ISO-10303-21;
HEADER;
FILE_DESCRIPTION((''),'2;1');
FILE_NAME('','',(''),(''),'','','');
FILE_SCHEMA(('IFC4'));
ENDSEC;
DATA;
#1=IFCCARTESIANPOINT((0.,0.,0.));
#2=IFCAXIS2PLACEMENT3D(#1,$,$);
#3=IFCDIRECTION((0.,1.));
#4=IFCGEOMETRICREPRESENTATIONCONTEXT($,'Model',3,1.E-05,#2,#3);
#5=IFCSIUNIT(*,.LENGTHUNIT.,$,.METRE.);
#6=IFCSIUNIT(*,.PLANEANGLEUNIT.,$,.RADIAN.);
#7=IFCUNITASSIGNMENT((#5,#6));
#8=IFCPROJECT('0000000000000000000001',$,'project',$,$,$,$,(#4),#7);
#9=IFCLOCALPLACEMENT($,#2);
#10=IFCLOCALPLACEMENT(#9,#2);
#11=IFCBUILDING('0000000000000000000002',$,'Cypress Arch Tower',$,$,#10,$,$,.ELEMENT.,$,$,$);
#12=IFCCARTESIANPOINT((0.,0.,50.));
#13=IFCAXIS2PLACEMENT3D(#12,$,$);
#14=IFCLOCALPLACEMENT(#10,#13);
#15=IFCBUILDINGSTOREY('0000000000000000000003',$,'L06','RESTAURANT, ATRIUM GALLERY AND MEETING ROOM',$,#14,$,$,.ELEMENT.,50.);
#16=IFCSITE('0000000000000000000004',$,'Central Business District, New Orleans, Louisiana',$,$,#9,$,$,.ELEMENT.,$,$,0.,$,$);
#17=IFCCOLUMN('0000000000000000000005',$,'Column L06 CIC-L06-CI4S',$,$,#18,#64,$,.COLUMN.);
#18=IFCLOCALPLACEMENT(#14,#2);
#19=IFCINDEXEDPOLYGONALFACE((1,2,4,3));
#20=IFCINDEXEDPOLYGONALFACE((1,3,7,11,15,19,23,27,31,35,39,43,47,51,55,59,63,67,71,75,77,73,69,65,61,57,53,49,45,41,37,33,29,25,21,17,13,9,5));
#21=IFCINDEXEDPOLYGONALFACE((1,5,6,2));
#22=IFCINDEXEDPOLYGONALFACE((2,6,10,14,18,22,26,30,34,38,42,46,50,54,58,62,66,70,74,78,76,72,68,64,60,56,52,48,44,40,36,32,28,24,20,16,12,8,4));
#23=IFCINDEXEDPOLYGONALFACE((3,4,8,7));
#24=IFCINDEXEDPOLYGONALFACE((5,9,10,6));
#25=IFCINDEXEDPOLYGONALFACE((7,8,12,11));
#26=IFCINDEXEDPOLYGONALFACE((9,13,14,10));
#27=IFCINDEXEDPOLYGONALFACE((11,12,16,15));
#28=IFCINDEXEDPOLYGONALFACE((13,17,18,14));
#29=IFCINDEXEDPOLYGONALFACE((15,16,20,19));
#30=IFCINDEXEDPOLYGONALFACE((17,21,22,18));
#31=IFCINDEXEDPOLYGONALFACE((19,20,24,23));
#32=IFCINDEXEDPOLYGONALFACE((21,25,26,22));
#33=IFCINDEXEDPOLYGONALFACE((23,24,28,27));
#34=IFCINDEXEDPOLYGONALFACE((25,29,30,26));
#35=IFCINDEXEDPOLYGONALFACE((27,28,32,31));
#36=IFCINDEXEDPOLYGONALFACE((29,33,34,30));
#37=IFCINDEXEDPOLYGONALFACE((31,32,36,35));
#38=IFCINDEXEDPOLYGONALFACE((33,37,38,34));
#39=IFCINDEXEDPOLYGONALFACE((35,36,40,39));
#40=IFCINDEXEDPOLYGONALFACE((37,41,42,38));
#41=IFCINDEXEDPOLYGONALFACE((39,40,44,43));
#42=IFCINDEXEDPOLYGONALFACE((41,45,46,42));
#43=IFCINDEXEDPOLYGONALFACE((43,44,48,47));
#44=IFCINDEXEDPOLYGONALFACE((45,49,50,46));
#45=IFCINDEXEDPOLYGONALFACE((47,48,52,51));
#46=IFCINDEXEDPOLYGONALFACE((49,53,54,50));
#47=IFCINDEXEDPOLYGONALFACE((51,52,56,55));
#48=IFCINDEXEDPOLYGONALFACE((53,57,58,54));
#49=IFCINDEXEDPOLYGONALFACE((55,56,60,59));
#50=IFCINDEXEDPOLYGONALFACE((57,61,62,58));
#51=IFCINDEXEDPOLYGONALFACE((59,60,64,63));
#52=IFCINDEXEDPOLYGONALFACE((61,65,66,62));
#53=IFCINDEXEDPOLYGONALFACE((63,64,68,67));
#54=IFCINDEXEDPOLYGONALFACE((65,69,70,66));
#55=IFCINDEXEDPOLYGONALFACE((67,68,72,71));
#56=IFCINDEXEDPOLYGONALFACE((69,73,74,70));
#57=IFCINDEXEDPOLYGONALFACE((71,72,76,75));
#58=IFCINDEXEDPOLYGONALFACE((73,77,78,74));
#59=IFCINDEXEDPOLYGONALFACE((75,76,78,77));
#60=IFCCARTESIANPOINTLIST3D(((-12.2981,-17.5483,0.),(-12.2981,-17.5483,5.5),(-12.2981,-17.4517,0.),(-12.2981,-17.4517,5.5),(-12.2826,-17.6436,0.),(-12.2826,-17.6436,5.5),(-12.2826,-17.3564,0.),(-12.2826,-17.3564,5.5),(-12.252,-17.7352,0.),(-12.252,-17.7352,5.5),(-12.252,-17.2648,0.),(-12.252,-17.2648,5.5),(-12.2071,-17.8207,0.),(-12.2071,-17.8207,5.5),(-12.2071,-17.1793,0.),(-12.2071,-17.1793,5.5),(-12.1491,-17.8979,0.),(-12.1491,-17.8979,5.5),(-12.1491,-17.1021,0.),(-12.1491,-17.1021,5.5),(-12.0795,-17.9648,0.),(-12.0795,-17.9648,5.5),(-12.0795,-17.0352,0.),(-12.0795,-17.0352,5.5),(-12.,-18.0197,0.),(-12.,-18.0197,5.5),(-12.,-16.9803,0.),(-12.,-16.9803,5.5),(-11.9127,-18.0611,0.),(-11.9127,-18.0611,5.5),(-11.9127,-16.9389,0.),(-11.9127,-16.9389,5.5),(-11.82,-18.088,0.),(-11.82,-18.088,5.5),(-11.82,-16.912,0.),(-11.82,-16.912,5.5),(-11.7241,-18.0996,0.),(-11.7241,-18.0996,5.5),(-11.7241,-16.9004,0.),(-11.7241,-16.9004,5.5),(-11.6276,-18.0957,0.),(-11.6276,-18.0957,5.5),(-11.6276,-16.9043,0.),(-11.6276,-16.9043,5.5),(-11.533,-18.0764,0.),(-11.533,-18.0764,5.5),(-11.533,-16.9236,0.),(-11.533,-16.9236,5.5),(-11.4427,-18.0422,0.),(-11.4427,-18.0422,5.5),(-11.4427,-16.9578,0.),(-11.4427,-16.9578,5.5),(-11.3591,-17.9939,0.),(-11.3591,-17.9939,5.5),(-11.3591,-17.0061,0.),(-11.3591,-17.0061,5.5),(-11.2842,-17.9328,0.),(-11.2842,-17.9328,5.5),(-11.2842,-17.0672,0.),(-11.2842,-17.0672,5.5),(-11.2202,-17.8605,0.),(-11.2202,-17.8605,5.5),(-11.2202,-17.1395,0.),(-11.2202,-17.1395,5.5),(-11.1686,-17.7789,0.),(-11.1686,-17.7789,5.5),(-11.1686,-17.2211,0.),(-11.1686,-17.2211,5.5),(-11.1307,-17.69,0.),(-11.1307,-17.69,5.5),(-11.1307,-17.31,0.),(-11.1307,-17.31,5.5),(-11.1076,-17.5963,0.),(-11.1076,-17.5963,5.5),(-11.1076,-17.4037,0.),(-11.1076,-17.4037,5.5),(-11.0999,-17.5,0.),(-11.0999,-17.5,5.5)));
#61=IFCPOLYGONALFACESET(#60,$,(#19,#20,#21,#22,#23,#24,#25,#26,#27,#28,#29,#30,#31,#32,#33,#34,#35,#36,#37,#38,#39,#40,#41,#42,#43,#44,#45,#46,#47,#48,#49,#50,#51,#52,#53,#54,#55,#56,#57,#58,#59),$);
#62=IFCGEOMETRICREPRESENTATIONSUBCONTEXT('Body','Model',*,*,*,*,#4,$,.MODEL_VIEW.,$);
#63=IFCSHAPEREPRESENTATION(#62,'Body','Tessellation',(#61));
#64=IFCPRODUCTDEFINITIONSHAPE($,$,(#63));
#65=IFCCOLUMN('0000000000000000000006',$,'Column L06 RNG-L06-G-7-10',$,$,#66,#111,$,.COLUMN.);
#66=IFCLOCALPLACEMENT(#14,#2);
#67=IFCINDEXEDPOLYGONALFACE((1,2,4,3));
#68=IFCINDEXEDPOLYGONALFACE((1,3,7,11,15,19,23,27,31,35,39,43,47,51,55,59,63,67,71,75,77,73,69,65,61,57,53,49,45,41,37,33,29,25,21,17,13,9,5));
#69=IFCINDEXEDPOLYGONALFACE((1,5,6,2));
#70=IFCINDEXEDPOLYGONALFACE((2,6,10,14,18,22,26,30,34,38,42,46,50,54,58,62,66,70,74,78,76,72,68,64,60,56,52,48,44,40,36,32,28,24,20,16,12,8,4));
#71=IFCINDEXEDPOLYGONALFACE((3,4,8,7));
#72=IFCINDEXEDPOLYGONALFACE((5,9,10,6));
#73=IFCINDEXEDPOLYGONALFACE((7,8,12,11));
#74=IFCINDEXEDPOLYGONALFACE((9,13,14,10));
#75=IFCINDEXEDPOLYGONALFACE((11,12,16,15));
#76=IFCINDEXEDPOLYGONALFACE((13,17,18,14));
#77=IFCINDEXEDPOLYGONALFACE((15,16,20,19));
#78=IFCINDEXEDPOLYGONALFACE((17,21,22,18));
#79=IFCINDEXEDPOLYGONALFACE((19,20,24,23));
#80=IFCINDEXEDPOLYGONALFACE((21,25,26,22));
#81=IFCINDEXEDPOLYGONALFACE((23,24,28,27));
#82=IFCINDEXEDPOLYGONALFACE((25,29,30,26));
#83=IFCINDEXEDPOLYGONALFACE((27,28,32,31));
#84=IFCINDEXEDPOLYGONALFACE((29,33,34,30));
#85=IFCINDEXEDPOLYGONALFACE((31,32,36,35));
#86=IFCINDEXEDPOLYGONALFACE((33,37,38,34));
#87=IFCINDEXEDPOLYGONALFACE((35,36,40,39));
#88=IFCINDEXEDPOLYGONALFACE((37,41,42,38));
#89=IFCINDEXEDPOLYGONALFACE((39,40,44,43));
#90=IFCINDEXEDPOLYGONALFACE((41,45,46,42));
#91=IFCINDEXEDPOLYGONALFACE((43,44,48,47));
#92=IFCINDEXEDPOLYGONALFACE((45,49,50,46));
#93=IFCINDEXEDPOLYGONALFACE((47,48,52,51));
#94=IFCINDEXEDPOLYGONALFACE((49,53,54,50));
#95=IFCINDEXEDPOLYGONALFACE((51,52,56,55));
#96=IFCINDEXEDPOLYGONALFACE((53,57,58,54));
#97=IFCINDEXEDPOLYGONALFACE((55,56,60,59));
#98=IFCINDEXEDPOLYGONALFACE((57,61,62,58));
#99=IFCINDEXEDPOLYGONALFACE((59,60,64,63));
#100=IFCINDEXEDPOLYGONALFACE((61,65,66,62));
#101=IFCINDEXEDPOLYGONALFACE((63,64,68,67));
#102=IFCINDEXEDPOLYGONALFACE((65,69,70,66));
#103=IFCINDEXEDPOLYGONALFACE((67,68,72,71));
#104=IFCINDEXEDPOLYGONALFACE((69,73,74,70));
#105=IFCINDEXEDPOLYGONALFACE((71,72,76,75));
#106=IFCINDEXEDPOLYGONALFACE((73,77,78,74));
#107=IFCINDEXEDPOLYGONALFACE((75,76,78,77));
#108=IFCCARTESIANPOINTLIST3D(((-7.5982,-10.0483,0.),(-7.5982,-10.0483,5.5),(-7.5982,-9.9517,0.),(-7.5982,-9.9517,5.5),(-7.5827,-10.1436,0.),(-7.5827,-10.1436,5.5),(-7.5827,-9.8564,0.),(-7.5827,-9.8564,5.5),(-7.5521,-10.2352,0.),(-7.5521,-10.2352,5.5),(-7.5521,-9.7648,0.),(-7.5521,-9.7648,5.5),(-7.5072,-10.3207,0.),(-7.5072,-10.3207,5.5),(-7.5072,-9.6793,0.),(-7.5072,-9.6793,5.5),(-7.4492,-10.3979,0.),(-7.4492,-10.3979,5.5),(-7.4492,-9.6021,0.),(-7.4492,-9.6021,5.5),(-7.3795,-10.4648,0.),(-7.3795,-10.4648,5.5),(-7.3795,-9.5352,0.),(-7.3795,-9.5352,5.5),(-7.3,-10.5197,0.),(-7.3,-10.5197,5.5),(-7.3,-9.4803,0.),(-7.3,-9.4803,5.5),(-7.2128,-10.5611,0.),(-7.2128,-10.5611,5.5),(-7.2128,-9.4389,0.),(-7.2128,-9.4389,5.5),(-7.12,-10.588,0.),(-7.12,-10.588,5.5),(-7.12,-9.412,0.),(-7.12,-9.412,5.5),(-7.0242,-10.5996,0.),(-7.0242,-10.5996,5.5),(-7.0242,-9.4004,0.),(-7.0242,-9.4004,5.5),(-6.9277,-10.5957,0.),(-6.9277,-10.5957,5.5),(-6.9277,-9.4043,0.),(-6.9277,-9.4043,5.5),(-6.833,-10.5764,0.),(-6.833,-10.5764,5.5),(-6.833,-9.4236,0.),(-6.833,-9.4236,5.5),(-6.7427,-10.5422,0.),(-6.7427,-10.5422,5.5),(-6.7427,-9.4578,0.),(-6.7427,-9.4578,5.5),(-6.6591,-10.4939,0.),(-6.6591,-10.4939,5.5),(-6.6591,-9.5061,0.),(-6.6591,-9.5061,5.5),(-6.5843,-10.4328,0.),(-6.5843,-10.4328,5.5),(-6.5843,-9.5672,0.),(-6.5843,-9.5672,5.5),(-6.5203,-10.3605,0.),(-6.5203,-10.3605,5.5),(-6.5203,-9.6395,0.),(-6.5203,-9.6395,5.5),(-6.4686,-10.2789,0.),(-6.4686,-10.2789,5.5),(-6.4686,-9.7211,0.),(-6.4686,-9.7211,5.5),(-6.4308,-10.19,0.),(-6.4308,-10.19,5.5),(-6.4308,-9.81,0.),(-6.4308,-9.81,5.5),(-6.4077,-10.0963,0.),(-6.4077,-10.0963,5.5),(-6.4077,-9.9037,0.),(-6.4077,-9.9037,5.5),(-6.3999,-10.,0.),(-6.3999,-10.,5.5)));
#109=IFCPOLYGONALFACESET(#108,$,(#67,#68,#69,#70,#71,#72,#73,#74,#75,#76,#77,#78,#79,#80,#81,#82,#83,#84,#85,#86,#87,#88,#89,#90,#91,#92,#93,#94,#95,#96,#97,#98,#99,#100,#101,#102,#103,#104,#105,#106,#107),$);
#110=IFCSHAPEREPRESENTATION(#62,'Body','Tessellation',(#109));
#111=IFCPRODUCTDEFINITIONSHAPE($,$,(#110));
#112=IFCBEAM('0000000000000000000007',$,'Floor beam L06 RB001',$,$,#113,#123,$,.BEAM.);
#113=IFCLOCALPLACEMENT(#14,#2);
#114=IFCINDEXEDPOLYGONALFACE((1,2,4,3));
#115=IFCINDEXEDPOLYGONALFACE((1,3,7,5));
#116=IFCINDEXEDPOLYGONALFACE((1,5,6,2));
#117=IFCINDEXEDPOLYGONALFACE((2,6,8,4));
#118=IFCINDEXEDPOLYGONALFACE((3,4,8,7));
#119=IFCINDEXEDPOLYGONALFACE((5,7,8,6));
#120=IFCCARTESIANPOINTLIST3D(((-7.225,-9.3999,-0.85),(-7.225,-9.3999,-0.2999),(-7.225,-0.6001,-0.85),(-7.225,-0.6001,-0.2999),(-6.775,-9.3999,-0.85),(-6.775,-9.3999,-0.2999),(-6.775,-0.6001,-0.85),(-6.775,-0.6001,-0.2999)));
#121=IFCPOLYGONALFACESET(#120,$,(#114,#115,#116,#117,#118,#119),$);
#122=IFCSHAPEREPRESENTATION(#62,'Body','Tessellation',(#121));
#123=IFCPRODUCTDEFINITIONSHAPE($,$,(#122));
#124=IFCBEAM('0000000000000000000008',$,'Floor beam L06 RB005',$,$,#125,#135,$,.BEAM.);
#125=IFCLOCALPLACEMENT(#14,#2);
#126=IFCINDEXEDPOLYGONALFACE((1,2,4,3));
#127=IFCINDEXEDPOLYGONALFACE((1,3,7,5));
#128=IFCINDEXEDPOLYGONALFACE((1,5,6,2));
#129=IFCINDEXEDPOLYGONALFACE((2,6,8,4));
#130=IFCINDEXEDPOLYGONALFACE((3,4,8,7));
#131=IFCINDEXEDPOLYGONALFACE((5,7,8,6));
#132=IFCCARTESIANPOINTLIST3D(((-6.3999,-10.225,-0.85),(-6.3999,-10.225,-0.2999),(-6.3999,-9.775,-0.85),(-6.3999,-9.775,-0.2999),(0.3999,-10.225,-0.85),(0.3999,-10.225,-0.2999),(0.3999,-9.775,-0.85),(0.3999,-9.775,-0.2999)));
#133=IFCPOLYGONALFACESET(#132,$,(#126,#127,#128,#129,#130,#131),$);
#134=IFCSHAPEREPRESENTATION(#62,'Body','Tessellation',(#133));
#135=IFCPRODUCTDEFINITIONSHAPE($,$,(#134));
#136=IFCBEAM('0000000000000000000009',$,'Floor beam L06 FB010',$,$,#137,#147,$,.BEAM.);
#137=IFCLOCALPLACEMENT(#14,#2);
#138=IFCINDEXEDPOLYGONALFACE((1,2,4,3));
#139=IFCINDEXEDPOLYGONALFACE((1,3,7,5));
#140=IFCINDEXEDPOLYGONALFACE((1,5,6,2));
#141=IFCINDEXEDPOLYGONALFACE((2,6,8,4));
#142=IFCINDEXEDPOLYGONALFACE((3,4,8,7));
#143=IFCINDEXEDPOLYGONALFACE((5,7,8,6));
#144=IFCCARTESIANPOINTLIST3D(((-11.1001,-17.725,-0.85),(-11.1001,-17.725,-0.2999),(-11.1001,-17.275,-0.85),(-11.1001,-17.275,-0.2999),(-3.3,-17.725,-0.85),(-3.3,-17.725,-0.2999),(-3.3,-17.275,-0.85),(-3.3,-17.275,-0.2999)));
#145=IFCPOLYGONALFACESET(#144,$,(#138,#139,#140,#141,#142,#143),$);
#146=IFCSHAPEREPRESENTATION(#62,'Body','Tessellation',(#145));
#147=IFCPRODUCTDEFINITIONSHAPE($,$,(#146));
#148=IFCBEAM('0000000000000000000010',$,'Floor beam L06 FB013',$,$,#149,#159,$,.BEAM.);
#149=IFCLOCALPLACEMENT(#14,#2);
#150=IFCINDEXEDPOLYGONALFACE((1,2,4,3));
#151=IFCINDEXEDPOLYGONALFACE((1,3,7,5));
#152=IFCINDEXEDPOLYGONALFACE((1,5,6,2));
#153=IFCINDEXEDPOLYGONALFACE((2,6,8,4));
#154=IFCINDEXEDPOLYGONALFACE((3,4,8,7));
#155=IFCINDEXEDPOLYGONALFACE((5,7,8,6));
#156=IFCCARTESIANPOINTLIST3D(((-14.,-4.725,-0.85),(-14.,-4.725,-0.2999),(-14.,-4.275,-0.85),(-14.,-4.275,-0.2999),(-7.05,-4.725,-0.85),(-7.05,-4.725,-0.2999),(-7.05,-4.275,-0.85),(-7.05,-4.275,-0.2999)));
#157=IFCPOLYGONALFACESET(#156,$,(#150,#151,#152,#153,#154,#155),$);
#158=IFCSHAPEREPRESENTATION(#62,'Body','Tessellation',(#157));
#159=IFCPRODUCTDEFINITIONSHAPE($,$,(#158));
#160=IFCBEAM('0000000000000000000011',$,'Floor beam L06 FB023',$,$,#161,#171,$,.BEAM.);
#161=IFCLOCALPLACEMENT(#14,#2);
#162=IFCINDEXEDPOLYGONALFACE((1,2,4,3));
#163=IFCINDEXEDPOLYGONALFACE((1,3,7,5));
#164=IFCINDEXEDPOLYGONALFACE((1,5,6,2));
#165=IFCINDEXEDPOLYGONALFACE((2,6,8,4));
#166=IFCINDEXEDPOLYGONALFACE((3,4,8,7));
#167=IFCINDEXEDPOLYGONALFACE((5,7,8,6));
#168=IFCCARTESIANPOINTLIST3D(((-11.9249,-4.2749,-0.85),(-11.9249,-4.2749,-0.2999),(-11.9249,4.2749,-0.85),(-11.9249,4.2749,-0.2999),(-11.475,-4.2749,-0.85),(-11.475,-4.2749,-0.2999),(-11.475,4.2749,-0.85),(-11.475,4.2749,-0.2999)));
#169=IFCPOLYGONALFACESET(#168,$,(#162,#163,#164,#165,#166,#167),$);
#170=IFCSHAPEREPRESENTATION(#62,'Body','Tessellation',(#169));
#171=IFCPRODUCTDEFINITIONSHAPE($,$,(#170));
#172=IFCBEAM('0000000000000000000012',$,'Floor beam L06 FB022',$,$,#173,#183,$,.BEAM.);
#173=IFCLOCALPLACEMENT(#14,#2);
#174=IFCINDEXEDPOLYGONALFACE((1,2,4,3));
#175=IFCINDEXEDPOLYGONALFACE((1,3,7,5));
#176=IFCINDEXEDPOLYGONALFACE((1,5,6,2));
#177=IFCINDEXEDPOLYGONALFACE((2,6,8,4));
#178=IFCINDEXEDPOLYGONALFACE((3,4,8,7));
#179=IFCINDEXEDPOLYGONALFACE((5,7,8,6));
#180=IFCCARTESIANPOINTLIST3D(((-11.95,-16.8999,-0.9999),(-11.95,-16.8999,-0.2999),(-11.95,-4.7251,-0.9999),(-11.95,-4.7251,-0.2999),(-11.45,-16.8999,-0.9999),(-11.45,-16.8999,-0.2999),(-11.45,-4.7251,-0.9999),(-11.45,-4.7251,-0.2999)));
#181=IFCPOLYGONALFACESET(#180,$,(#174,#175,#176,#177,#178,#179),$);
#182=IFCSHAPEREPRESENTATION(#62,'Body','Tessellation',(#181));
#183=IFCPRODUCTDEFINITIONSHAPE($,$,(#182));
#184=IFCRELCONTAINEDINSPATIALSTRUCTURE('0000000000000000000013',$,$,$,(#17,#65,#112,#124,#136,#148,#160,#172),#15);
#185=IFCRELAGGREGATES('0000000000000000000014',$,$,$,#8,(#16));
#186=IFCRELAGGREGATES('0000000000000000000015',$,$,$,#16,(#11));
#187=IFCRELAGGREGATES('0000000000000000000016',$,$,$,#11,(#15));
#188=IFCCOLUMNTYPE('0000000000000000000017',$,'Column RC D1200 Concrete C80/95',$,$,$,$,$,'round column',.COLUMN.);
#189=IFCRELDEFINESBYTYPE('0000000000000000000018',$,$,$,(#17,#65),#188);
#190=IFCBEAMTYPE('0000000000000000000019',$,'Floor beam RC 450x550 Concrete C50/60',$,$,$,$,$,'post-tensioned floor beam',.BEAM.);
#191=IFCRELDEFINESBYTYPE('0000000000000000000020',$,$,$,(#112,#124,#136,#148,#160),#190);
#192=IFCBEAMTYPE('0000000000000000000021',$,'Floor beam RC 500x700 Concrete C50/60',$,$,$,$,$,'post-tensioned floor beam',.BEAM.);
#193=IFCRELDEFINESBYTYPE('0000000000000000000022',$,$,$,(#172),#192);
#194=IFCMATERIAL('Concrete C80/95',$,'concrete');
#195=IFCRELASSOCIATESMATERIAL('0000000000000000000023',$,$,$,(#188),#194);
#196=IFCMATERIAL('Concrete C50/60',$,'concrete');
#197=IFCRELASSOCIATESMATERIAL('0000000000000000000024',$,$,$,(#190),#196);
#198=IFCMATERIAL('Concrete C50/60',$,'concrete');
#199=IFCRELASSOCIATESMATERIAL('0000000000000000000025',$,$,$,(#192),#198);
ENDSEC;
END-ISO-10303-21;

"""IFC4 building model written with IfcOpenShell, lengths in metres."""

from ifc_helpers import new_model, si_unit, direction, frame, origin, origin_2d, place, context, subcontext, project, spatial, rectangle, circle, extrude, material, material_profile, profile_set, type_object, element, save


model = new_model("IFC4")

# Units and contexts
model_context = context("Model", 3, precision=1e-05, world=origin(), true_north=direction((0.0, 1.0)))
body_context = subcontext(model_context, "Body", "Model", "MODEL_VIEW")
ifc_project = project(units=[si_unit("LENGTHUNIT", "METRE"), si_unit("PLANEANGLEUNIT", "RADIAN")], contexts=[model_context])

# Site, building, storey
site_placement = place(None, origin())
site = spatial("IfcSite", under=ifc_project, at=site_placement, Name="Central Business District, New Orleans, Louisiana", CompositionType="ELEMENT", RefElevation=0.0)
building_placement = place(site_placement, origin())
building = spatial("IfcBuilding", under=site, at=building_placement, Name="Cypress Arch Tower", CompositionType="ELEMENT")
storey_placement = place(building_placement, frame((0.0, 0.0, 50.0)))
storey = spatial("IfcBuildingStorey", under=building, at=storey_placement, Name="L06", Description="RESTAURANT, ATRIUM GALLERY AND MEETING ROOM", CompositionType="ELEMENT", Elevation=50.0)

# Columns
ifc_material_1 = material(Name="Concrete C80/95", Category="concrete")
ifc_material_profile_1 = material_profile(ifc_material_1, circle(Radius=0.6001, at=origin_2d()), Name="RC D1200")
ifc_profile_set_1 = profile_set([ifc_material_profile_1], Name="Concrete C80/95")
column_type = type_object("IfcColumnType", Name="Column RC D1200 Concrete C80/95", ElementType="round column", PredefinedType="COLUMN", material=ifc_profile_set_1)
for number, where, z_axis, x_axis, name in (
    (1, (-11.7, -17.5, 0.0), (0.0, 0.0, 1.0), (1.0, 0.0, 0.0), "Column L06 CIC-L06-CI4S"),
    (2, (-7.0, -10.0, 0.0), (0.0, 0.0, 1.0), (1.0, 0.0, 0.0), "Column L06 RNG-L06-G-7-10"),
):
    element("IfcColumn", number, at=place(storey_placement, frame(where, z_axis=z_axis, x_axis=x_axis)), inside=storey, type_object=column_type, Name=name, PredefinedType="COLUMN", context=body_context, shape_type="SweptSolid", body=[
        extrude(circle(Radius=0.6001, at=origin_2d()), origin(), (0.0, 0.0, 1.0), 5.5),
    ])

# Beams
ifc_material_2 = material(Name="Concrete C50/60", Category="concrete")
ifc_material_profile_2 = material_profile(ifc_material_2, rectangle(XDim=0.45, YDim=0.55, at=origin_2d()), Name="RC 450x550")
ifc_profile_set_2 = profile_set([ifc_material_profile_2], Name="Concrete C50/60")
beam_type_1 = type_object("IfcBeamType", Name="Floor beam RC 450x550 Concrete C50/60", ElementType="post-tensioned floor beam", PredefinedType="BEAM", material=ifc_profile_set_2)
beam_1_placement = place(storey_placement, frame((-7.0, -9.3999, -0.575), z_axis=(0.0, 1.0, 0.0), x_axis=(-1.0, 0.0, 0.0)))
element("IfcBeam", 3, at=beam_1_placement, inside=storey, type_object=beam_type_1, Name="Floor beam L06 RB001", PredefinedType="BEAM", context=body_context, shape_type="SweptSolid", body=[
    extrude(rectangle(XDim=0.45, YDim=0.55, at=origin_2d()), origin(), (0.0, 0.0, 1.0), 8.7998),
])
beam_2_placement = place(storey_placement, frame((-6.3999, -10.0, -0.575), z_axis=(1.0, 0.0, 0.0), x_axis=(0.0, 1.0, 0.0)))
element("IfcBeam", 4, at=beam_2_placement, inside=storey, type_object=beam_type_1, Name="Floor beam L06 RB005", PredefinedType="BEAM", context=body_context, shape_type="SweptSolid", body=[
    extrude(rectangle(XDim=0.45, YDim=0.55, at=origin_2d()), origin(), (0.0, 0.0, 1.0), 6.7998),
])
beam_3_placement = place(storey_placement, frame((-11.1001, -17.5, -0.575), z_axis=(1.0, 0.0, 0.0), x_axis=(0.0, 1.0, 0.0)))
element("IfcBeam", 5, at=beam_3_placement, inside=storey, type_object=beam_type_1, Name="Floor beam L06 FB010", PredefinedType="BEAM", context=body_context, shape_type="SweptSolid", body=[
    extrude(rectangle(XDim=0.45, YDim=0.55, at=origin_2d()), origin(), (0.0, 0.0, 1.0), 7.8),
])
beam_4_placement = place(storey_placement, frame((-14.0, -4.5, -0.575), z_axis=(1.0, 0.0, 0.0), x_axis=(0.0, 1.0, 0.0)))
element("IfcBeam", 6, at=beam_4_placement, inside=storey, type_object=beam_type_1, Name="Floor beam L06 FB013", PredefinedType="BEAM", context=body_context, shape_type="SweptSolid", body=[
    extrude(rectangle(XDim=0.45, YDim=0.55, at=origin_2d()), origin(), (0.0, 0.0, 1.0), 6.95),
])
beam_5_placement = place(storey_placement, frame((-11.7, -4.2749, -0.575), z_axis=(0.0, 1.0, 0.0), x_axis=(-1.0, 0.0, 0.0)))
element("IfcBeam", 7, at=beam_5_placement, inside=storey, type_object=beam_type_1, Name="Floor beam L06 FB023", PredefinedType="BEAM", context=body_context, shape_type="SweptSolid", body=[
    extrude(rectangle(XDim=0.45, YDim=0.55, at=origin_2d()), origin(), (0.0, 0.0, 1.0), 8.5498),
])
ifc_material_3 = material(Name="Concrete C50/60", Category="concrete")
ifc_material_profile_3 = material_profile(ifc_material_3, rectangle(XDim=0.5, YDim=0.7, at=origin_2d()), Name="RC 500x700")
ifc_profile_set_3 = profile_set([ifc_material_profile_3], Name="Concrete C50/60")
beam_type_2 = type_object("IfcBeamType", Name="Floor beam RC 500x700 Concrete C50/60", ElementType="post-tensioned floor beam", PredefinedType="BEAM", material=ifc_profile_set_3)
beam_6_placement = place(storey_placement, frame((-11.7, -16.8999, -0.6499), z_axis=(0.0, 1.0, 0.0), x_axis=(-1.0, 0.0, 0.0)))
element("IfcBeam", 8, at=beam_6_placement, inside=storey, type_object=beam_type_2, Name="Floor beam L06 FB022", PredefinedType="BEAM", context=body_context, shape_type="SweptSolid", body=[
    extrude(rectangle(XDim=0.5, YDim=0.7, at=origin_2d()), origin(), (0.0, 0.0, 1.0), 12.1748),
])

save(model, "model.ifc")
